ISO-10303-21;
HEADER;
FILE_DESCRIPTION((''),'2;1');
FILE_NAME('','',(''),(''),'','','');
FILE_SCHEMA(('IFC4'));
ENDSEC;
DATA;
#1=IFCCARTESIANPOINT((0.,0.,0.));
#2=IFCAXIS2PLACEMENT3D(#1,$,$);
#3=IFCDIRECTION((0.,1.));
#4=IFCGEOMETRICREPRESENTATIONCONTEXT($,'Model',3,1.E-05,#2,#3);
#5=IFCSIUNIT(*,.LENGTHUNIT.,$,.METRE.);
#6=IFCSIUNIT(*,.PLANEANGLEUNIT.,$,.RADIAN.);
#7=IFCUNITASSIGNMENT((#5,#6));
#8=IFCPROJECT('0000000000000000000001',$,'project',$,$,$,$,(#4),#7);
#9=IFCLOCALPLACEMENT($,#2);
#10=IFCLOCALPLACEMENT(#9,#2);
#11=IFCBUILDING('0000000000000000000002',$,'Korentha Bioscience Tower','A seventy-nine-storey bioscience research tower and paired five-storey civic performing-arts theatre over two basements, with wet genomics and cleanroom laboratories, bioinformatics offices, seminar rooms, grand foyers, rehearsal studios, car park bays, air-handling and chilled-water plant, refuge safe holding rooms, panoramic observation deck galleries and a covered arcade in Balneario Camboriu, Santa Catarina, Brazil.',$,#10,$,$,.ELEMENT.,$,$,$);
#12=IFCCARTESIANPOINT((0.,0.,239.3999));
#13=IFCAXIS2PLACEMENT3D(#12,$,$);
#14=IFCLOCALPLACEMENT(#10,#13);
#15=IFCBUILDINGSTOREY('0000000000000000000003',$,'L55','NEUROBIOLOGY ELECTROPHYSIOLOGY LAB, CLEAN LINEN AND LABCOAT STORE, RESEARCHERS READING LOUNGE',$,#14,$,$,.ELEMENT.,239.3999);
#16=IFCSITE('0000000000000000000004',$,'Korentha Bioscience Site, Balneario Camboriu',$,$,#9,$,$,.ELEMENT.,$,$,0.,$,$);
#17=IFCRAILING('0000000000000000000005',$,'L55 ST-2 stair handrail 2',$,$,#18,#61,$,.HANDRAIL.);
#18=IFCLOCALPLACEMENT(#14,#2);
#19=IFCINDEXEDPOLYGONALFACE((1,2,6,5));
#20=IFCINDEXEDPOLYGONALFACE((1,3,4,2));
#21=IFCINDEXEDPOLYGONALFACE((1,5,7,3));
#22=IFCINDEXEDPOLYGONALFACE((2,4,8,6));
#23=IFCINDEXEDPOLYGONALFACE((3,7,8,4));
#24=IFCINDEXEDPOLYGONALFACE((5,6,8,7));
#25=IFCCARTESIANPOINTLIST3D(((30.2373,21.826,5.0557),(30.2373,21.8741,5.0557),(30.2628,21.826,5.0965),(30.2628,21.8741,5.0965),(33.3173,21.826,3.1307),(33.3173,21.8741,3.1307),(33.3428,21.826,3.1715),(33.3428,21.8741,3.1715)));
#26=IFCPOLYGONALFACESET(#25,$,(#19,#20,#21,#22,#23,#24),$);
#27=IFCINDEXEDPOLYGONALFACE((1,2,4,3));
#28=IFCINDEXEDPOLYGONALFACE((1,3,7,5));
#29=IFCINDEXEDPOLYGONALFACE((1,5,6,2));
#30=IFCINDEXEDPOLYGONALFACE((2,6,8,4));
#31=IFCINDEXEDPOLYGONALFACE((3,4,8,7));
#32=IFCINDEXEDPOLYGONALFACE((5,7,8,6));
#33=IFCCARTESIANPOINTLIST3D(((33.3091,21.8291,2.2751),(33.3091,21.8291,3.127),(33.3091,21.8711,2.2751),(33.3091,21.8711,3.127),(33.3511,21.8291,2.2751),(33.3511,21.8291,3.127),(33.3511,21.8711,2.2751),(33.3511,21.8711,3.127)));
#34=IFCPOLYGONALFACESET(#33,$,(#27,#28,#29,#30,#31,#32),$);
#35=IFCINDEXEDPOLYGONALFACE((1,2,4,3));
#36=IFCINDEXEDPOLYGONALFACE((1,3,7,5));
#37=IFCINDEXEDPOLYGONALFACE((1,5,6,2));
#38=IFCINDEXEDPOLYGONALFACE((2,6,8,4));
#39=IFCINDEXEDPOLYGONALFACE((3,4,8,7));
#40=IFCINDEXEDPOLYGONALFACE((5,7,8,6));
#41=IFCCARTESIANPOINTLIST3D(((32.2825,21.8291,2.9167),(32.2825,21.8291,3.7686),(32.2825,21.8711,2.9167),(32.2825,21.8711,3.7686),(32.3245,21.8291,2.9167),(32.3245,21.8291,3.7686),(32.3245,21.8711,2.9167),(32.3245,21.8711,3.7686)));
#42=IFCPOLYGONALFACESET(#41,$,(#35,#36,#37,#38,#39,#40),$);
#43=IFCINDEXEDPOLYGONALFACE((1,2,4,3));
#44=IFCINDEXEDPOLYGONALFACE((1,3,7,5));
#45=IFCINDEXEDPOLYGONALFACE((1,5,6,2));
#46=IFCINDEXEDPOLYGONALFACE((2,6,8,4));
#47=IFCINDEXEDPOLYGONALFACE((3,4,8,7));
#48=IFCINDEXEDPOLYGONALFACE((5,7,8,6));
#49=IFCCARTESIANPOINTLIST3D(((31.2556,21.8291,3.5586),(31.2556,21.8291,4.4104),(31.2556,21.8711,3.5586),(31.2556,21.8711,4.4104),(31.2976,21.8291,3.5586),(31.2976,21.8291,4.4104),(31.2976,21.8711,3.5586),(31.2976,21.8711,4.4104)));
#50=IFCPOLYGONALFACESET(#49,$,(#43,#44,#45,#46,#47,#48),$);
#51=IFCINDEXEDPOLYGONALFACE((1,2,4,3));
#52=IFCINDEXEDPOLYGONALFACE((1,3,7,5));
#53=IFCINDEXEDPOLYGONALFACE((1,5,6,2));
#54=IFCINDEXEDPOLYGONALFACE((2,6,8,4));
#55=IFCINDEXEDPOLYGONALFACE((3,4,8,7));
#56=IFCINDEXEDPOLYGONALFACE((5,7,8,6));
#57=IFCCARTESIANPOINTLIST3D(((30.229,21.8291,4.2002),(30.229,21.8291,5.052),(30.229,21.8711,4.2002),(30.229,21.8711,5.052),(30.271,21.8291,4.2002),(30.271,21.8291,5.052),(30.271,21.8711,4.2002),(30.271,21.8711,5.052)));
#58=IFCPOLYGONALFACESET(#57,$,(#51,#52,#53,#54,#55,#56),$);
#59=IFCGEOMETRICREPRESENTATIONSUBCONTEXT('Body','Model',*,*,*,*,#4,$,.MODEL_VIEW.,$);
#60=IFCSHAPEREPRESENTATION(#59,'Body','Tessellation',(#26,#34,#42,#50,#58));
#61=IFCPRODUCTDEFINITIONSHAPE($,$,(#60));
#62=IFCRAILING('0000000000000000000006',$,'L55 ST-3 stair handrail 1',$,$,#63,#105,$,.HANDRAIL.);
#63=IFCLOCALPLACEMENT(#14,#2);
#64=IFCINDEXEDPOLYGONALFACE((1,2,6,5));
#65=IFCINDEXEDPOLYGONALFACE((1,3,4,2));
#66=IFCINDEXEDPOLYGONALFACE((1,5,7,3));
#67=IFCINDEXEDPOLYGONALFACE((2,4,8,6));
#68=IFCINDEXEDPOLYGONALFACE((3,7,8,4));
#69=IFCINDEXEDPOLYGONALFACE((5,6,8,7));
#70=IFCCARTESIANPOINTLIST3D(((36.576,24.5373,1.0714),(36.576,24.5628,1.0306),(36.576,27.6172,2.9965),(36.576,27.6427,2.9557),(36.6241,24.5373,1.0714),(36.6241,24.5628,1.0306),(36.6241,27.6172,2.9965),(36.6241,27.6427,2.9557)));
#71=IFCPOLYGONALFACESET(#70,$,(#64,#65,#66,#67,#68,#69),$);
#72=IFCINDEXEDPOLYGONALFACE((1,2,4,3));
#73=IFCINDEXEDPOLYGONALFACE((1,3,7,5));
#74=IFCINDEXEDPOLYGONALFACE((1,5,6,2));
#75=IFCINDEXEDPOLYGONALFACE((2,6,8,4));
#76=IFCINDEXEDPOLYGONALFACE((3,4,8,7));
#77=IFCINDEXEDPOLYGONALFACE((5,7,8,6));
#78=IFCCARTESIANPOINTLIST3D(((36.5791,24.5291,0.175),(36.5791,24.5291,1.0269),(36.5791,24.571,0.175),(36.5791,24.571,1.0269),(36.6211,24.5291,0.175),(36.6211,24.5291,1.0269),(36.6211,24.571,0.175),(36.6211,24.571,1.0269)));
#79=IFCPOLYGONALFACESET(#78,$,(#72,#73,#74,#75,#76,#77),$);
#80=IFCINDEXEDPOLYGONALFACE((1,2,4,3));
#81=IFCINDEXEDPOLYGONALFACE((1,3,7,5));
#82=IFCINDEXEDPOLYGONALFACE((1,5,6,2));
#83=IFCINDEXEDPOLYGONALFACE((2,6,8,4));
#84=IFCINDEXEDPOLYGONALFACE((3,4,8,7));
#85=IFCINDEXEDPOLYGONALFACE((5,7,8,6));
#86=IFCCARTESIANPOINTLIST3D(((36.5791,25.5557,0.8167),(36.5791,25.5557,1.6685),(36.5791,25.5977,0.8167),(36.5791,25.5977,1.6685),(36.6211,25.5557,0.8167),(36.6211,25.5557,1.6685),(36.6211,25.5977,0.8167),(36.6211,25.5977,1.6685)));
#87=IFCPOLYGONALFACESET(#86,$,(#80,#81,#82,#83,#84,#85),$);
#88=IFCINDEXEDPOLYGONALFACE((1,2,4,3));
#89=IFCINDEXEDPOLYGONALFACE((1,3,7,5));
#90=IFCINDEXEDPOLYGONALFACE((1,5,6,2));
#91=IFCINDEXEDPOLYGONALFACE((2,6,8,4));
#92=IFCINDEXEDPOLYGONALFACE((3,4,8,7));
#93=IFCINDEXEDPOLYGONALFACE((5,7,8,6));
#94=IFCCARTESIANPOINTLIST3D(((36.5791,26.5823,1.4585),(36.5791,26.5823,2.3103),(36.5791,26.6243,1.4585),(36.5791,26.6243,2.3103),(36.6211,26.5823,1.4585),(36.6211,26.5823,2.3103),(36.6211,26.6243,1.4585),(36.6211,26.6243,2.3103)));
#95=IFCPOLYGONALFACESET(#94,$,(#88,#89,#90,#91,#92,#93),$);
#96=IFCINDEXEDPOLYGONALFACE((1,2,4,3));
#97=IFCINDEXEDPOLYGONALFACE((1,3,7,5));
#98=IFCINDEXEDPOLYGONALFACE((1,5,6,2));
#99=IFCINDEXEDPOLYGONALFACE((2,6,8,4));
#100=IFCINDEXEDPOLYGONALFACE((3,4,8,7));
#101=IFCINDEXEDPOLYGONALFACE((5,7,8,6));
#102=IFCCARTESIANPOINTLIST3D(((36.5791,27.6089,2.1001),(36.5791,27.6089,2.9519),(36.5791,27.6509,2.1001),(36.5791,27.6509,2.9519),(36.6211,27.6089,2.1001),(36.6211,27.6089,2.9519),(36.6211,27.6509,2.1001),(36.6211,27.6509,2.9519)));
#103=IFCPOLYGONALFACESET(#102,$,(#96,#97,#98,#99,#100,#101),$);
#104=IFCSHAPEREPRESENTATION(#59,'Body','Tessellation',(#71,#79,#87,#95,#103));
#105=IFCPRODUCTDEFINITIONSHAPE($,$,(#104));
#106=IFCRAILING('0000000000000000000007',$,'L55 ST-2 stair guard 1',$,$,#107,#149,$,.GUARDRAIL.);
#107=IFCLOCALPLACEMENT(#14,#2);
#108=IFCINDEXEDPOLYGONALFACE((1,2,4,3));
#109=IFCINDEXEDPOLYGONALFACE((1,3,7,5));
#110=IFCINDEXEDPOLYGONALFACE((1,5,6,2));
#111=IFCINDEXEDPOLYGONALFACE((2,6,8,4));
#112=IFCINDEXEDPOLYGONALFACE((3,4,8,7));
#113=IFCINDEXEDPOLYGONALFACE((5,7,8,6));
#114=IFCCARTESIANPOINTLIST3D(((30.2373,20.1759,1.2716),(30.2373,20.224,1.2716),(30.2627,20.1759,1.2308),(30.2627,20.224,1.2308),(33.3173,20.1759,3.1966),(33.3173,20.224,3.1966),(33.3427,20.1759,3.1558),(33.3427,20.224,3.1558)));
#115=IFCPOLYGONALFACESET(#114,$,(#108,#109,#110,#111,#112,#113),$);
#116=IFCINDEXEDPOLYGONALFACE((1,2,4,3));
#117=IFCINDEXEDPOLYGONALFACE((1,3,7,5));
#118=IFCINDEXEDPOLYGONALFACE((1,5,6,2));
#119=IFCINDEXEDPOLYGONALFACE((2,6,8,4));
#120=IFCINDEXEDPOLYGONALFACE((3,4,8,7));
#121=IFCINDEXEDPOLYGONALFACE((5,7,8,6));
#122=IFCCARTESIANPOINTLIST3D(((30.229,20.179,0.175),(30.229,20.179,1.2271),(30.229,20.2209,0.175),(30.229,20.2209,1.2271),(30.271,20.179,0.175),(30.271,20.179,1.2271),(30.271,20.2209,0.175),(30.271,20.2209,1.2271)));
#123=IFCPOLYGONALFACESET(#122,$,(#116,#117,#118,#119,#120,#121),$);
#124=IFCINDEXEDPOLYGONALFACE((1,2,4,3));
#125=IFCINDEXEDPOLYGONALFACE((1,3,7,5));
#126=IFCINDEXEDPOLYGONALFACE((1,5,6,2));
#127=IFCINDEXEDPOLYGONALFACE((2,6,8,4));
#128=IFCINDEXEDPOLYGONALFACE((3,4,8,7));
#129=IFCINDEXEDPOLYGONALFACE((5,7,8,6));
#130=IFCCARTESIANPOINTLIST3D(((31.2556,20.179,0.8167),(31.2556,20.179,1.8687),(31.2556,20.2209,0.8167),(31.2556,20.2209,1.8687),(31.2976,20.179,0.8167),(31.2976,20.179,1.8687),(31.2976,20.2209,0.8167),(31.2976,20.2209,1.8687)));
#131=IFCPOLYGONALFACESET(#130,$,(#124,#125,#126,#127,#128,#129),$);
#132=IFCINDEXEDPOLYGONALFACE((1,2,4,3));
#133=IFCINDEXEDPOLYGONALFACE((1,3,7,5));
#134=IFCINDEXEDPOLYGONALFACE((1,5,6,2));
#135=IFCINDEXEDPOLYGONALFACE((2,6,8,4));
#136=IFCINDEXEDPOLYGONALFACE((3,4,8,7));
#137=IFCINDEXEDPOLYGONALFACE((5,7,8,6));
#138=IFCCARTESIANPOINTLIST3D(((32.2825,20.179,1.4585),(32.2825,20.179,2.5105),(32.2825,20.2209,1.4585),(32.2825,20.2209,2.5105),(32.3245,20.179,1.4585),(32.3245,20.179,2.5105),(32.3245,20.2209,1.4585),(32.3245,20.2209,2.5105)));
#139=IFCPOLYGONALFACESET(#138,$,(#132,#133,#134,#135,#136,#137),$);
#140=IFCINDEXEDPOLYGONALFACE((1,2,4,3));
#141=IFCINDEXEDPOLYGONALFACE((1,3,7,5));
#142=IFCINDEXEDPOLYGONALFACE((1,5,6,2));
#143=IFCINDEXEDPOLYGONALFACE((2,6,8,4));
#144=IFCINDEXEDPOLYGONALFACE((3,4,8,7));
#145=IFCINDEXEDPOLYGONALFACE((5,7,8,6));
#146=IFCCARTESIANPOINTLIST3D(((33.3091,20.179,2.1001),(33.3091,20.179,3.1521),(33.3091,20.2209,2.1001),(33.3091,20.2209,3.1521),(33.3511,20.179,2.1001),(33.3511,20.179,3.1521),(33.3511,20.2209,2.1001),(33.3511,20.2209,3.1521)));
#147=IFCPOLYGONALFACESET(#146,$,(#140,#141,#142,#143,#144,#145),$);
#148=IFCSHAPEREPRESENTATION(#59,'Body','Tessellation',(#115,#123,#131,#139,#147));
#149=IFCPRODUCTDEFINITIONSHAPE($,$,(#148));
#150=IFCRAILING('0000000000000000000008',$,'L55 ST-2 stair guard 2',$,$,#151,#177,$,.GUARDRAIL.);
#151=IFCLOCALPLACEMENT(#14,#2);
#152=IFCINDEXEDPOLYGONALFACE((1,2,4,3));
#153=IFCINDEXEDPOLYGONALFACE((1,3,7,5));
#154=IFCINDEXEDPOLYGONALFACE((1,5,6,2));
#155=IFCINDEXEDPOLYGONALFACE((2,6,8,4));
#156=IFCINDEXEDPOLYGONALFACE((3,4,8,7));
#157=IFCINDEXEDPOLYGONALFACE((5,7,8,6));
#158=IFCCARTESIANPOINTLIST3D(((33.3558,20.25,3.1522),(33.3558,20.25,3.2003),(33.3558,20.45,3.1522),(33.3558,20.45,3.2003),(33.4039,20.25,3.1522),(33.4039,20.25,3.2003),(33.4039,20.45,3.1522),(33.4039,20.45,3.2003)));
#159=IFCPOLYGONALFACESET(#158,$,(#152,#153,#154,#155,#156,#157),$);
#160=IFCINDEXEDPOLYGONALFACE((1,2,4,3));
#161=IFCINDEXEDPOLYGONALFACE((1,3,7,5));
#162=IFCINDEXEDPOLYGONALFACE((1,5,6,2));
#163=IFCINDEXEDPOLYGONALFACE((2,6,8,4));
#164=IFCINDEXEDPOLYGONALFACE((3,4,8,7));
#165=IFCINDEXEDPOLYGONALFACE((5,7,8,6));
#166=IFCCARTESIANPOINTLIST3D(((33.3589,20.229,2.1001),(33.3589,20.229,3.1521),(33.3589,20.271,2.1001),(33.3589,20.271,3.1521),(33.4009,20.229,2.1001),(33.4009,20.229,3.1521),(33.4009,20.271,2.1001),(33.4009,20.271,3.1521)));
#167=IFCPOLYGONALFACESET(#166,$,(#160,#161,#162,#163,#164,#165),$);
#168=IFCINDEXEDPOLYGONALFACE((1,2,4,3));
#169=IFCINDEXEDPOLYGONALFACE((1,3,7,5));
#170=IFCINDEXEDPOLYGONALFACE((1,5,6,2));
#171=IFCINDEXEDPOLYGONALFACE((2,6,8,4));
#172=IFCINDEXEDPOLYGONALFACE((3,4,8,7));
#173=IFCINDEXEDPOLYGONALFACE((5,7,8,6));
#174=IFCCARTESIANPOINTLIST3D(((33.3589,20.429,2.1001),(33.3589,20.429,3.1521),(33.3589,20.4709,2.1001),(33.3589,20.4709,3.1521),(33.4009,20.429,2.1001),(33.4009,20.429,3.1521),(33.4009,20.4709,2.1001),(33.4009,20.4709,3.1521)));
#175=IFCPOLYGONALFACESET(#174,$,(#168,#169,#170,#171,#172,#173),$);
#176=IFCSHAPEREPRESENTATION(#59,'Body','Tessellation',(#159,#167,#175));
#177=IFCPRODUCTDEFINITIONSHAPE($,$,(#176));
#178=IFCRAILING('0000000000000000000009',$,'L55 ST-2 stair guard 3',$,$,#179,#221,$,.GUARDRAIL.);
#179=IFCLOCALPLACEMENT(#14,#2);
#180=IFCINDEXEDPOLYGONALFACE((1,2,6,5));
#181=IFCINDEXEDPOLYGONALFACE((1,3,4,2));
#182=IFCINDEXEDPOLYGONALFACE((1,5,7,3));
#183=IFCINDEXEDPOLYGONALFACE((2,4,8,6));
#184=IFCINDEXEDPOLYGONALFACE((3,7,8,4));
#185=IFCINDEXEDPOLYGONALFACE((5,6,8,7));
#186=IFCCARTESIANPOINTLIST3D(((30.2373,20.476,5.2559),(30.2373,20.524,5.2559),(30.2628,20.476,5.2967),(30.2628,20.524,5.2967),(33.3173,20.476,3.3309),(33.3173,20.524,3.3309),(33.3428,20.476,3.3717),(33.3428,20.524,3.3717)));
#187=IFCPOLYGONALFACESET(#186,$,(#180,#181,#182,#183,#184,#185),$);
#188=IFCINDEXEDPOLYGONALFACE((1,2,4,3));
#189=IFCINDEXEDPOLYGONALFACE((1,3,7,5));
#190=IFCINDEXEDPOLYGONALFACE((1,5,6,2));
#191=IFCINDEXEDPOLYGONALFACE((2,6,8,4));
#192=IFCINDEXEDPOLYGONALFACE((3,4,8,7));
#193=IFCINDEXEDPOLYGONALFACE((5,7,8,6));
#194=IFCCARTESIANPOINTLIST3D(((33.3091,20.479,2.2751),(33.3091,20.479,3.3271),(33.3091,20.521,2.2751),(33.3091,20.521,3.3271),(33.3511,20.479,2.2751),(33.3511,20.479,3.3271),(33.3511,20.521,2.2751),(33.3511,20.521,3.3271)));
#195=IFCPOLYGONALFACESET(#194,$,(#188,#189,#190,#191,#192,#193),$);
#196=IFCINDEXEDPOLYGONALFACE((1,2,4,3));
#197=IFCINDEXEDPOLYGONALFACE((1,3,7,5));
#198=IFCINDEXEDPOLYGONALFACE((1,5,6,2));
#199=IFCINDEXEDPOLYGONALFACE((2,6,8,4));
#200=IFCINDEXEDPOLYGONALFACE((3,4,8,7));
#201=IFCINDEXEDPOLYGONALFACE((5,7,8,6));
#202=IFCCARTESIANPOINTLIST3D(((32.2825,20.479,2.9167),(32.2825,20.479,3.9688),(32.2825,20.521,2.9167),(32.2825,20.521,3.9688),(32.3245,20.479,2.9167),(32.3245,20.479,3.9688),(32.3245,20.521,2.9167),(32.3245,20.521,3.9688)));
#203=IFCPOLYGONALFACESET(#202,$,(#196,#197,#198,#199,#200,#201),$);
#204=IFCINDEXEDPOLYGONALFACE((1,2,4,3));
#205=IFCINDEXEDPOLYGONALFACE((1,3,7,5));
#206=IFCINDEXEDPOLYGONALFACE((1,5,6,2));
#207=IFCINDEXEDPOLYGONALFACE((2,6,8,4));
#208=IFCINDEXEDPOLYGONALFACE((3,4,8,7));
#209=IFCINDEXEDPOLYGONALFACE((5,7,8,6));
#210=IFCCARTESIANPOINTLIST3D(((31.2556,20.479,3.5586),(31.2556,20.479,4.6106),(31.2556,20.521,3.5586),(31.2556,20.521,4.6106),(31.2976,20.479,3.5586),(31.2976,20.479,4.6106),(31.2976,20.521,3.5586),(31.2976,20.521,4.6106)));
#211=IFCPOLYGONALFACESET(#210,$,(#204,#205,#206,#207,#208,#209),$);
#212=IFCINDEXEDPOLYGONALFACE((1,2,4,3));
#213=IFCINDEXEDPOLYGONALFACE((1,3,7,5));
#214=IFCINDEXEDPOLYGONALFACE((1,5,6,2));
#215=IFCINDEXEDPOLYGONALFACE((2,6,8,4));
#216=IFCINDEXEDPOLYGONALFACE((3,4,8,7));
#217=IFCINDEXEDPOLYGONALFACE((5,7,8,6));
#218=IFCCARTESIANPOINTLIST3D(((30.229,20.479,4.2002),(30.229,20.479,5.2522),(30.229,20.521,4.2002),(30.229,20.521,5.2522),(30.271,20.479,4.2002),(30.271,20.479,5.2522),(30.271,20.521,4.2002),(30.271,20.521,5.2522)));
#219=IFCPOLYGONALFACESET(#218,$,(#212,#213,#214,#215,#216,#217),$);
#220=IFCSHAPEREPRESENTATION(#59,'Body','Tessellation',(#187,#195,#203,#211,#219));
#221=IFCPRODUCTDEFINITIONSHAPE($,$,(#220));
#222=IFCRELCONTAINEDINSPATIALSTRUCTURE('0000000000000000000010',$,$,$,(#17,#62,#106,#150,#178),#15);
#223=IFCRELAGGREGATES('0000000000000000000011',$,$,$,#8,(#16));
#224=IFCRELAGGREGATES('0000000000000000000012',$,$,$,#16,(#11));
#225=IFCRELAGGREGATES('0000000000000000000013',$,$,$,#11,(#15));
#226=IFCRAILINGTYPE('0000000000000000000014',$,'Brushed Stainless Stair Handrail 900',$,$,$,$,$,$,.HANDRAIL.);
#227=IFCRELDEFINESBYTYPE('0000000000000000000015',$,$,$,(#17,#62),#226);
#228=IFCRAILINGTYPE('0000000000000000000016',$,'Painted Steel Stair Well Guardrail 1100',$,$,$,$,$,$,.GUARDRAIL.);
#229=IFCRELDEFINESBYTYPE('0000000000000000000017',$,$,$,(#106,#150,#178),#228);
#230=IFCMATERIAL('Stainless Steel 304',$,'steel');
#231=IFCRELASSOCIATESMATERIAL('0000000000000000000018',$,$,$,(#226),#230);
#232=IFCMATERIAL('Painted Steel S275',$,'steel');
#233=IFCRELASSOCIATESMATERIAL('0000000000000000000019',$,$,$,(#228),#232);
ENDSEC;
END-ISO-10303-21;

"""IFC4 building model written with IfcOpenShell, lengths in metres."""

from ifc_helpers import new_model, si_unit, direction, frame, origin, origin_2d, place, context, subcontext, project, spatial, rectangle, extrude, material, type_object, element, save


model = new_model("IFC4")

# Units and contexts
model_context = context("Model", 3, precision=1e-05, world=origin(), true_north=direction((0.0, 1.0)))
body_context = subcontext(model_context, "Body", "Model", "MODEL_VIEW")
ifc_project = project(units=[si_unit("LENGTHUNIT", "METRE"), si_unit("PLANEANGLEUNIT", "RADIAN")], contexts=[model_context])

# Site, building, storey
site_placement = place(None, origin())
site = spatial("IfcSite", under=ifc_project, at=site_placement, Name="Korentha Bioscience Site, Balneario Camboriu", CompositionType="ELEMENT", RefElevation=0.0)
building_placement = place(site_placement, origin())
building = spatial("IfcBuilding", under=site, at=building_placement, Name="Korentha Bioscience Tower", Description="A seventy-nine-storey bioscience research tower and paired five-storey civic performing-arts theatre over two basements, with wet genomics and cleanroom laboratories, bioinformatics offices, seminar rooms, grand foyers, rehearsal studios, car park bays, air-handling and chilled-water plant, refuge safe holding rooms, panoramic observation deck galleries and a covered arcade in Balneario Camboriu, Santa Catarina, Brazil.", CompositionType="ELEMENT")
storey_placement = place(building_placement, frame((0.0, 0.0, 239.3999)))
storey = spatial("IfcBuildingStorey", under=building, at=storey_placement, Name="L55", Description="NEUROBIOLOGY ELECTROPHYSIOLOGY LAB, CLEAN LINEN AND LABCOAT STORE, RESEARCHERS READING LOUNGE", CompositionType="ELEMENT", Elevation=239.3999)

# Railings
ifc_material_1 = material(Name="Stainless Steel 304", Category="steel")
railing_type_1 = type_object("IfcRailingType", Name="Brushed Stainless Stair Handrail 900", PredefinedType="HANDRAIL", material=ifc_material_1)
railing_1_placement = place(storey_placement, frame((33.3301, 21.8501, 2.2751)))
element("IfcRailing", 1, at=railing_1_placement, inside=storey, type_object=railing_type_1, Name="L55 ST-2 stair handrail 2", PredefinedType="HANDRAIL", context=body_context, shape_type="SweptSolid", body=[
    extrude(rectangle(XDim=0.0481, YDim=0.0481, at=origin_2d()), frame((0.0, 0.0, 0.876), z_axis=(-0.847998, 0.0, 0.529999), x_axis=(0.0, -1.0, 0.0)), (0.0, 0.0, 1.0), 3.6321),
    extrude(rectangle(XDim=0.042, YDim=0.042, at=origin_2d()), origin(), (0.0, 0.0, 1.0), 0.8518),
    extrude(rectangle(XDim=0.042, YDim=0.042, at=origin_2d()), frame((-1.0266, 0.0, 0.6416)), (0.0, 0.0, 1.0), 0.8518),
    extrude(rectangle(XDim=0.042, YDim=0.042, at=origin_2d()), frame((-2.0535, 0.0, 1.2834)), (0.0, 0.0, 1.0), 0.8518),
    extrude(rectangle(XDim=0.042, YDim=0.042, at=origin_2d()), frame((-3.0801, 0.0, 1.925)), (0.0, 0.0, 1.0), 0.8518),
])
railing_2_placement = place(storey_placement, frame((36.6001, 24.55, 0.175)))
element("IfcRailing", 2, at=railing_2_placement, inside=storey, type_object=railing_type_1, Name="L55 ST-3 stair handrail 1", PredefinedType="HANDRAIL", context=body_context, shape_type="SweptSolid", body=[
    extrude(rectangle(XDim=0.0481, YDim=0.0481, at=origin_2d()), frame((0.0, 0.0, 0.876), z_axis=(0.0, 0.847979, 0.530029), x_axis=(-1.0, 0.0, 0.0)), (0.0, 0.0, 1.0), 3.6321),
    extrude(rectangle(XDim=0.042, YDim=0.042, at=origin_2d()), origin(), (0.0, 0.0, 1.0), 0.8518),
    extrude(rectangle(XDim=0.042, YDim=0.042, at=origin_2d()), frame((0.0, 1.0266, 0.6416)), (0.0, 0.0, 1.0), 0.8518),
    extrude(rectangle(XDim=0.042, YDim=0.042, at=origin_2d()), frame((0.0, 2.0532, 1.2834)), (0.0, 0.0, 1.0), 0.8518),
    extrude(rectangle(XDim=0.042, YDim=0.042, at=origin_2d()), frame((0.0, 3.0798, 1.925)), (0.0, 0.0, 1.0), 0.8518),
])
ifc_material_2 = material(Name="Painted Steel S275", Category="steel")
railing_type_2 = type_object("IfcRailingType", Name="Painted Steel Stair Well Guardrail 1100", PredefinedType="GUARDRAIL", material=ifc_material_2)
railing_3_placement = place(storey_placement, frame((30.25, 20.2, 0.175)))
element("IfcRailing", 3, at=railing_3_placement, inside=storey, type_object=railing_type_2, Name="L55 ST-2 stair guard 1", PredefinedType="GUARDRAIL", context=body_context, shape_type="SweptSolid", body=[
    extrude(rectangle(XDim=0.0481, YDim=0.0481, at=origin_2d()), frame((0.0, 0.0, 1.0762), z_axis=(0.847998, 0.0, 0.529999), x_axis=(0.0, 1.0, 0.0)), (0.0, 0.0, 1.0), 3.6321),
    extrude(rectangle(XDim=0.042, YDim=0.042, at=origin_2d()), origin(), (0.0, 0.0, 1.0), 1.052),
    extrude(rectangle(XDim=0.042, YDim=0.042, at=origin_2d()), frame((1.0266, 0.0, 0.6416)), (0.0, 0.0, 1.0), 1.052),
    extrude(rectangle(XDim=0.042, YDim=0.042, at=origin_2d()), frame((2.0535, 0.0, 1.2834)), (0.0, 0.0, 1.0), 1.052),
    extrude(rectangle(XDim=0.042, YDim=0.042, at=origin_2d()), frame((3.0801, 0.0, 1.925)), (0.0, 0.0, 1.0), 1.052),
])
railing_4_placement = place(storey_placement, frame((33.3799, 20.25, 2.1001)))
element("IfcRailing", 4, at=railing_4_placement, inside=storey, type_object=railing_type_2, Name="L55 ST-2 stair guard 2", PredefinedType="GUARDRAIL", context=body_context, shape_type="SweptSolid", body=[
    extrude(rectangle(XDim=0.0481, YDim=0.0481, at=origin_2d()), frame((0.0, 0.0, 1.0762), z_axis=(0.0, 1.0, 0.0), x_axis=(-1.0, 0.0, 0.0)), (0.0, 0.0, 1.0), 0.2),
    extrude(rectangle(XDim=0.042, YDim=0.042, at=origin_2d()), origin(), (0.0, 0.0, 1.0), 1.052),
    extrude(rectangle(XDim=0.042, YDim=0.042, at=origin_2d()), frame((0.0, 0.2, 0.0)), (0.0, 0.0, 1.0), 1.052),
])
railing_5_placement = place(storey_placement, frame((33.3301, 20.5, 2.2751)))
element("IfcRailing", 5, at=railing_5_placement, inside=storey, type_object=railing_type_2, Name="L55 ST-2 stair guard 3", PredefinedType="GUARDRAIL", context=body_context, shape_type="SweptSolid", body=[
    extrude(rectangle(XDim=0.0481, YDim=0.0481, at=origin_2d()), frame((0.0, 0.0, 1.0762), z_axis=(-0.847998, 0.0, 0.529999), x_axis=(0.0, -1.0, 0.0)), (0.0, 0.0, 1.0), 3.6321),
    extrude(rectangle(XDim=0.042, YDim=0.042, at=origin_2d()), origin(), (0.0, 0.0, 1.0), 1.052),
    extrude(rectangle(XDim=0.042, YDim=0.042, at=origin_2d()), frame((-1.0266, 0.0, 0.6416)), (0.0, 0.0, 1.0), 1.052),
    extrude(rectangle(XDim=0.042, YDim=0.042, at=origin_2d()), frame((-2.0535, 0.0, 1.2834)), (0.0, 0.0, 1.0), 1.052),
    extrude(rectangle(XDim=0.042, YDim=0.042, at=origin_2d()), frame((-3.0801, 0.0, 1.925)), (0.0, 0.0, 1.0), 1.052),
])

save(model, "model.ifc")
